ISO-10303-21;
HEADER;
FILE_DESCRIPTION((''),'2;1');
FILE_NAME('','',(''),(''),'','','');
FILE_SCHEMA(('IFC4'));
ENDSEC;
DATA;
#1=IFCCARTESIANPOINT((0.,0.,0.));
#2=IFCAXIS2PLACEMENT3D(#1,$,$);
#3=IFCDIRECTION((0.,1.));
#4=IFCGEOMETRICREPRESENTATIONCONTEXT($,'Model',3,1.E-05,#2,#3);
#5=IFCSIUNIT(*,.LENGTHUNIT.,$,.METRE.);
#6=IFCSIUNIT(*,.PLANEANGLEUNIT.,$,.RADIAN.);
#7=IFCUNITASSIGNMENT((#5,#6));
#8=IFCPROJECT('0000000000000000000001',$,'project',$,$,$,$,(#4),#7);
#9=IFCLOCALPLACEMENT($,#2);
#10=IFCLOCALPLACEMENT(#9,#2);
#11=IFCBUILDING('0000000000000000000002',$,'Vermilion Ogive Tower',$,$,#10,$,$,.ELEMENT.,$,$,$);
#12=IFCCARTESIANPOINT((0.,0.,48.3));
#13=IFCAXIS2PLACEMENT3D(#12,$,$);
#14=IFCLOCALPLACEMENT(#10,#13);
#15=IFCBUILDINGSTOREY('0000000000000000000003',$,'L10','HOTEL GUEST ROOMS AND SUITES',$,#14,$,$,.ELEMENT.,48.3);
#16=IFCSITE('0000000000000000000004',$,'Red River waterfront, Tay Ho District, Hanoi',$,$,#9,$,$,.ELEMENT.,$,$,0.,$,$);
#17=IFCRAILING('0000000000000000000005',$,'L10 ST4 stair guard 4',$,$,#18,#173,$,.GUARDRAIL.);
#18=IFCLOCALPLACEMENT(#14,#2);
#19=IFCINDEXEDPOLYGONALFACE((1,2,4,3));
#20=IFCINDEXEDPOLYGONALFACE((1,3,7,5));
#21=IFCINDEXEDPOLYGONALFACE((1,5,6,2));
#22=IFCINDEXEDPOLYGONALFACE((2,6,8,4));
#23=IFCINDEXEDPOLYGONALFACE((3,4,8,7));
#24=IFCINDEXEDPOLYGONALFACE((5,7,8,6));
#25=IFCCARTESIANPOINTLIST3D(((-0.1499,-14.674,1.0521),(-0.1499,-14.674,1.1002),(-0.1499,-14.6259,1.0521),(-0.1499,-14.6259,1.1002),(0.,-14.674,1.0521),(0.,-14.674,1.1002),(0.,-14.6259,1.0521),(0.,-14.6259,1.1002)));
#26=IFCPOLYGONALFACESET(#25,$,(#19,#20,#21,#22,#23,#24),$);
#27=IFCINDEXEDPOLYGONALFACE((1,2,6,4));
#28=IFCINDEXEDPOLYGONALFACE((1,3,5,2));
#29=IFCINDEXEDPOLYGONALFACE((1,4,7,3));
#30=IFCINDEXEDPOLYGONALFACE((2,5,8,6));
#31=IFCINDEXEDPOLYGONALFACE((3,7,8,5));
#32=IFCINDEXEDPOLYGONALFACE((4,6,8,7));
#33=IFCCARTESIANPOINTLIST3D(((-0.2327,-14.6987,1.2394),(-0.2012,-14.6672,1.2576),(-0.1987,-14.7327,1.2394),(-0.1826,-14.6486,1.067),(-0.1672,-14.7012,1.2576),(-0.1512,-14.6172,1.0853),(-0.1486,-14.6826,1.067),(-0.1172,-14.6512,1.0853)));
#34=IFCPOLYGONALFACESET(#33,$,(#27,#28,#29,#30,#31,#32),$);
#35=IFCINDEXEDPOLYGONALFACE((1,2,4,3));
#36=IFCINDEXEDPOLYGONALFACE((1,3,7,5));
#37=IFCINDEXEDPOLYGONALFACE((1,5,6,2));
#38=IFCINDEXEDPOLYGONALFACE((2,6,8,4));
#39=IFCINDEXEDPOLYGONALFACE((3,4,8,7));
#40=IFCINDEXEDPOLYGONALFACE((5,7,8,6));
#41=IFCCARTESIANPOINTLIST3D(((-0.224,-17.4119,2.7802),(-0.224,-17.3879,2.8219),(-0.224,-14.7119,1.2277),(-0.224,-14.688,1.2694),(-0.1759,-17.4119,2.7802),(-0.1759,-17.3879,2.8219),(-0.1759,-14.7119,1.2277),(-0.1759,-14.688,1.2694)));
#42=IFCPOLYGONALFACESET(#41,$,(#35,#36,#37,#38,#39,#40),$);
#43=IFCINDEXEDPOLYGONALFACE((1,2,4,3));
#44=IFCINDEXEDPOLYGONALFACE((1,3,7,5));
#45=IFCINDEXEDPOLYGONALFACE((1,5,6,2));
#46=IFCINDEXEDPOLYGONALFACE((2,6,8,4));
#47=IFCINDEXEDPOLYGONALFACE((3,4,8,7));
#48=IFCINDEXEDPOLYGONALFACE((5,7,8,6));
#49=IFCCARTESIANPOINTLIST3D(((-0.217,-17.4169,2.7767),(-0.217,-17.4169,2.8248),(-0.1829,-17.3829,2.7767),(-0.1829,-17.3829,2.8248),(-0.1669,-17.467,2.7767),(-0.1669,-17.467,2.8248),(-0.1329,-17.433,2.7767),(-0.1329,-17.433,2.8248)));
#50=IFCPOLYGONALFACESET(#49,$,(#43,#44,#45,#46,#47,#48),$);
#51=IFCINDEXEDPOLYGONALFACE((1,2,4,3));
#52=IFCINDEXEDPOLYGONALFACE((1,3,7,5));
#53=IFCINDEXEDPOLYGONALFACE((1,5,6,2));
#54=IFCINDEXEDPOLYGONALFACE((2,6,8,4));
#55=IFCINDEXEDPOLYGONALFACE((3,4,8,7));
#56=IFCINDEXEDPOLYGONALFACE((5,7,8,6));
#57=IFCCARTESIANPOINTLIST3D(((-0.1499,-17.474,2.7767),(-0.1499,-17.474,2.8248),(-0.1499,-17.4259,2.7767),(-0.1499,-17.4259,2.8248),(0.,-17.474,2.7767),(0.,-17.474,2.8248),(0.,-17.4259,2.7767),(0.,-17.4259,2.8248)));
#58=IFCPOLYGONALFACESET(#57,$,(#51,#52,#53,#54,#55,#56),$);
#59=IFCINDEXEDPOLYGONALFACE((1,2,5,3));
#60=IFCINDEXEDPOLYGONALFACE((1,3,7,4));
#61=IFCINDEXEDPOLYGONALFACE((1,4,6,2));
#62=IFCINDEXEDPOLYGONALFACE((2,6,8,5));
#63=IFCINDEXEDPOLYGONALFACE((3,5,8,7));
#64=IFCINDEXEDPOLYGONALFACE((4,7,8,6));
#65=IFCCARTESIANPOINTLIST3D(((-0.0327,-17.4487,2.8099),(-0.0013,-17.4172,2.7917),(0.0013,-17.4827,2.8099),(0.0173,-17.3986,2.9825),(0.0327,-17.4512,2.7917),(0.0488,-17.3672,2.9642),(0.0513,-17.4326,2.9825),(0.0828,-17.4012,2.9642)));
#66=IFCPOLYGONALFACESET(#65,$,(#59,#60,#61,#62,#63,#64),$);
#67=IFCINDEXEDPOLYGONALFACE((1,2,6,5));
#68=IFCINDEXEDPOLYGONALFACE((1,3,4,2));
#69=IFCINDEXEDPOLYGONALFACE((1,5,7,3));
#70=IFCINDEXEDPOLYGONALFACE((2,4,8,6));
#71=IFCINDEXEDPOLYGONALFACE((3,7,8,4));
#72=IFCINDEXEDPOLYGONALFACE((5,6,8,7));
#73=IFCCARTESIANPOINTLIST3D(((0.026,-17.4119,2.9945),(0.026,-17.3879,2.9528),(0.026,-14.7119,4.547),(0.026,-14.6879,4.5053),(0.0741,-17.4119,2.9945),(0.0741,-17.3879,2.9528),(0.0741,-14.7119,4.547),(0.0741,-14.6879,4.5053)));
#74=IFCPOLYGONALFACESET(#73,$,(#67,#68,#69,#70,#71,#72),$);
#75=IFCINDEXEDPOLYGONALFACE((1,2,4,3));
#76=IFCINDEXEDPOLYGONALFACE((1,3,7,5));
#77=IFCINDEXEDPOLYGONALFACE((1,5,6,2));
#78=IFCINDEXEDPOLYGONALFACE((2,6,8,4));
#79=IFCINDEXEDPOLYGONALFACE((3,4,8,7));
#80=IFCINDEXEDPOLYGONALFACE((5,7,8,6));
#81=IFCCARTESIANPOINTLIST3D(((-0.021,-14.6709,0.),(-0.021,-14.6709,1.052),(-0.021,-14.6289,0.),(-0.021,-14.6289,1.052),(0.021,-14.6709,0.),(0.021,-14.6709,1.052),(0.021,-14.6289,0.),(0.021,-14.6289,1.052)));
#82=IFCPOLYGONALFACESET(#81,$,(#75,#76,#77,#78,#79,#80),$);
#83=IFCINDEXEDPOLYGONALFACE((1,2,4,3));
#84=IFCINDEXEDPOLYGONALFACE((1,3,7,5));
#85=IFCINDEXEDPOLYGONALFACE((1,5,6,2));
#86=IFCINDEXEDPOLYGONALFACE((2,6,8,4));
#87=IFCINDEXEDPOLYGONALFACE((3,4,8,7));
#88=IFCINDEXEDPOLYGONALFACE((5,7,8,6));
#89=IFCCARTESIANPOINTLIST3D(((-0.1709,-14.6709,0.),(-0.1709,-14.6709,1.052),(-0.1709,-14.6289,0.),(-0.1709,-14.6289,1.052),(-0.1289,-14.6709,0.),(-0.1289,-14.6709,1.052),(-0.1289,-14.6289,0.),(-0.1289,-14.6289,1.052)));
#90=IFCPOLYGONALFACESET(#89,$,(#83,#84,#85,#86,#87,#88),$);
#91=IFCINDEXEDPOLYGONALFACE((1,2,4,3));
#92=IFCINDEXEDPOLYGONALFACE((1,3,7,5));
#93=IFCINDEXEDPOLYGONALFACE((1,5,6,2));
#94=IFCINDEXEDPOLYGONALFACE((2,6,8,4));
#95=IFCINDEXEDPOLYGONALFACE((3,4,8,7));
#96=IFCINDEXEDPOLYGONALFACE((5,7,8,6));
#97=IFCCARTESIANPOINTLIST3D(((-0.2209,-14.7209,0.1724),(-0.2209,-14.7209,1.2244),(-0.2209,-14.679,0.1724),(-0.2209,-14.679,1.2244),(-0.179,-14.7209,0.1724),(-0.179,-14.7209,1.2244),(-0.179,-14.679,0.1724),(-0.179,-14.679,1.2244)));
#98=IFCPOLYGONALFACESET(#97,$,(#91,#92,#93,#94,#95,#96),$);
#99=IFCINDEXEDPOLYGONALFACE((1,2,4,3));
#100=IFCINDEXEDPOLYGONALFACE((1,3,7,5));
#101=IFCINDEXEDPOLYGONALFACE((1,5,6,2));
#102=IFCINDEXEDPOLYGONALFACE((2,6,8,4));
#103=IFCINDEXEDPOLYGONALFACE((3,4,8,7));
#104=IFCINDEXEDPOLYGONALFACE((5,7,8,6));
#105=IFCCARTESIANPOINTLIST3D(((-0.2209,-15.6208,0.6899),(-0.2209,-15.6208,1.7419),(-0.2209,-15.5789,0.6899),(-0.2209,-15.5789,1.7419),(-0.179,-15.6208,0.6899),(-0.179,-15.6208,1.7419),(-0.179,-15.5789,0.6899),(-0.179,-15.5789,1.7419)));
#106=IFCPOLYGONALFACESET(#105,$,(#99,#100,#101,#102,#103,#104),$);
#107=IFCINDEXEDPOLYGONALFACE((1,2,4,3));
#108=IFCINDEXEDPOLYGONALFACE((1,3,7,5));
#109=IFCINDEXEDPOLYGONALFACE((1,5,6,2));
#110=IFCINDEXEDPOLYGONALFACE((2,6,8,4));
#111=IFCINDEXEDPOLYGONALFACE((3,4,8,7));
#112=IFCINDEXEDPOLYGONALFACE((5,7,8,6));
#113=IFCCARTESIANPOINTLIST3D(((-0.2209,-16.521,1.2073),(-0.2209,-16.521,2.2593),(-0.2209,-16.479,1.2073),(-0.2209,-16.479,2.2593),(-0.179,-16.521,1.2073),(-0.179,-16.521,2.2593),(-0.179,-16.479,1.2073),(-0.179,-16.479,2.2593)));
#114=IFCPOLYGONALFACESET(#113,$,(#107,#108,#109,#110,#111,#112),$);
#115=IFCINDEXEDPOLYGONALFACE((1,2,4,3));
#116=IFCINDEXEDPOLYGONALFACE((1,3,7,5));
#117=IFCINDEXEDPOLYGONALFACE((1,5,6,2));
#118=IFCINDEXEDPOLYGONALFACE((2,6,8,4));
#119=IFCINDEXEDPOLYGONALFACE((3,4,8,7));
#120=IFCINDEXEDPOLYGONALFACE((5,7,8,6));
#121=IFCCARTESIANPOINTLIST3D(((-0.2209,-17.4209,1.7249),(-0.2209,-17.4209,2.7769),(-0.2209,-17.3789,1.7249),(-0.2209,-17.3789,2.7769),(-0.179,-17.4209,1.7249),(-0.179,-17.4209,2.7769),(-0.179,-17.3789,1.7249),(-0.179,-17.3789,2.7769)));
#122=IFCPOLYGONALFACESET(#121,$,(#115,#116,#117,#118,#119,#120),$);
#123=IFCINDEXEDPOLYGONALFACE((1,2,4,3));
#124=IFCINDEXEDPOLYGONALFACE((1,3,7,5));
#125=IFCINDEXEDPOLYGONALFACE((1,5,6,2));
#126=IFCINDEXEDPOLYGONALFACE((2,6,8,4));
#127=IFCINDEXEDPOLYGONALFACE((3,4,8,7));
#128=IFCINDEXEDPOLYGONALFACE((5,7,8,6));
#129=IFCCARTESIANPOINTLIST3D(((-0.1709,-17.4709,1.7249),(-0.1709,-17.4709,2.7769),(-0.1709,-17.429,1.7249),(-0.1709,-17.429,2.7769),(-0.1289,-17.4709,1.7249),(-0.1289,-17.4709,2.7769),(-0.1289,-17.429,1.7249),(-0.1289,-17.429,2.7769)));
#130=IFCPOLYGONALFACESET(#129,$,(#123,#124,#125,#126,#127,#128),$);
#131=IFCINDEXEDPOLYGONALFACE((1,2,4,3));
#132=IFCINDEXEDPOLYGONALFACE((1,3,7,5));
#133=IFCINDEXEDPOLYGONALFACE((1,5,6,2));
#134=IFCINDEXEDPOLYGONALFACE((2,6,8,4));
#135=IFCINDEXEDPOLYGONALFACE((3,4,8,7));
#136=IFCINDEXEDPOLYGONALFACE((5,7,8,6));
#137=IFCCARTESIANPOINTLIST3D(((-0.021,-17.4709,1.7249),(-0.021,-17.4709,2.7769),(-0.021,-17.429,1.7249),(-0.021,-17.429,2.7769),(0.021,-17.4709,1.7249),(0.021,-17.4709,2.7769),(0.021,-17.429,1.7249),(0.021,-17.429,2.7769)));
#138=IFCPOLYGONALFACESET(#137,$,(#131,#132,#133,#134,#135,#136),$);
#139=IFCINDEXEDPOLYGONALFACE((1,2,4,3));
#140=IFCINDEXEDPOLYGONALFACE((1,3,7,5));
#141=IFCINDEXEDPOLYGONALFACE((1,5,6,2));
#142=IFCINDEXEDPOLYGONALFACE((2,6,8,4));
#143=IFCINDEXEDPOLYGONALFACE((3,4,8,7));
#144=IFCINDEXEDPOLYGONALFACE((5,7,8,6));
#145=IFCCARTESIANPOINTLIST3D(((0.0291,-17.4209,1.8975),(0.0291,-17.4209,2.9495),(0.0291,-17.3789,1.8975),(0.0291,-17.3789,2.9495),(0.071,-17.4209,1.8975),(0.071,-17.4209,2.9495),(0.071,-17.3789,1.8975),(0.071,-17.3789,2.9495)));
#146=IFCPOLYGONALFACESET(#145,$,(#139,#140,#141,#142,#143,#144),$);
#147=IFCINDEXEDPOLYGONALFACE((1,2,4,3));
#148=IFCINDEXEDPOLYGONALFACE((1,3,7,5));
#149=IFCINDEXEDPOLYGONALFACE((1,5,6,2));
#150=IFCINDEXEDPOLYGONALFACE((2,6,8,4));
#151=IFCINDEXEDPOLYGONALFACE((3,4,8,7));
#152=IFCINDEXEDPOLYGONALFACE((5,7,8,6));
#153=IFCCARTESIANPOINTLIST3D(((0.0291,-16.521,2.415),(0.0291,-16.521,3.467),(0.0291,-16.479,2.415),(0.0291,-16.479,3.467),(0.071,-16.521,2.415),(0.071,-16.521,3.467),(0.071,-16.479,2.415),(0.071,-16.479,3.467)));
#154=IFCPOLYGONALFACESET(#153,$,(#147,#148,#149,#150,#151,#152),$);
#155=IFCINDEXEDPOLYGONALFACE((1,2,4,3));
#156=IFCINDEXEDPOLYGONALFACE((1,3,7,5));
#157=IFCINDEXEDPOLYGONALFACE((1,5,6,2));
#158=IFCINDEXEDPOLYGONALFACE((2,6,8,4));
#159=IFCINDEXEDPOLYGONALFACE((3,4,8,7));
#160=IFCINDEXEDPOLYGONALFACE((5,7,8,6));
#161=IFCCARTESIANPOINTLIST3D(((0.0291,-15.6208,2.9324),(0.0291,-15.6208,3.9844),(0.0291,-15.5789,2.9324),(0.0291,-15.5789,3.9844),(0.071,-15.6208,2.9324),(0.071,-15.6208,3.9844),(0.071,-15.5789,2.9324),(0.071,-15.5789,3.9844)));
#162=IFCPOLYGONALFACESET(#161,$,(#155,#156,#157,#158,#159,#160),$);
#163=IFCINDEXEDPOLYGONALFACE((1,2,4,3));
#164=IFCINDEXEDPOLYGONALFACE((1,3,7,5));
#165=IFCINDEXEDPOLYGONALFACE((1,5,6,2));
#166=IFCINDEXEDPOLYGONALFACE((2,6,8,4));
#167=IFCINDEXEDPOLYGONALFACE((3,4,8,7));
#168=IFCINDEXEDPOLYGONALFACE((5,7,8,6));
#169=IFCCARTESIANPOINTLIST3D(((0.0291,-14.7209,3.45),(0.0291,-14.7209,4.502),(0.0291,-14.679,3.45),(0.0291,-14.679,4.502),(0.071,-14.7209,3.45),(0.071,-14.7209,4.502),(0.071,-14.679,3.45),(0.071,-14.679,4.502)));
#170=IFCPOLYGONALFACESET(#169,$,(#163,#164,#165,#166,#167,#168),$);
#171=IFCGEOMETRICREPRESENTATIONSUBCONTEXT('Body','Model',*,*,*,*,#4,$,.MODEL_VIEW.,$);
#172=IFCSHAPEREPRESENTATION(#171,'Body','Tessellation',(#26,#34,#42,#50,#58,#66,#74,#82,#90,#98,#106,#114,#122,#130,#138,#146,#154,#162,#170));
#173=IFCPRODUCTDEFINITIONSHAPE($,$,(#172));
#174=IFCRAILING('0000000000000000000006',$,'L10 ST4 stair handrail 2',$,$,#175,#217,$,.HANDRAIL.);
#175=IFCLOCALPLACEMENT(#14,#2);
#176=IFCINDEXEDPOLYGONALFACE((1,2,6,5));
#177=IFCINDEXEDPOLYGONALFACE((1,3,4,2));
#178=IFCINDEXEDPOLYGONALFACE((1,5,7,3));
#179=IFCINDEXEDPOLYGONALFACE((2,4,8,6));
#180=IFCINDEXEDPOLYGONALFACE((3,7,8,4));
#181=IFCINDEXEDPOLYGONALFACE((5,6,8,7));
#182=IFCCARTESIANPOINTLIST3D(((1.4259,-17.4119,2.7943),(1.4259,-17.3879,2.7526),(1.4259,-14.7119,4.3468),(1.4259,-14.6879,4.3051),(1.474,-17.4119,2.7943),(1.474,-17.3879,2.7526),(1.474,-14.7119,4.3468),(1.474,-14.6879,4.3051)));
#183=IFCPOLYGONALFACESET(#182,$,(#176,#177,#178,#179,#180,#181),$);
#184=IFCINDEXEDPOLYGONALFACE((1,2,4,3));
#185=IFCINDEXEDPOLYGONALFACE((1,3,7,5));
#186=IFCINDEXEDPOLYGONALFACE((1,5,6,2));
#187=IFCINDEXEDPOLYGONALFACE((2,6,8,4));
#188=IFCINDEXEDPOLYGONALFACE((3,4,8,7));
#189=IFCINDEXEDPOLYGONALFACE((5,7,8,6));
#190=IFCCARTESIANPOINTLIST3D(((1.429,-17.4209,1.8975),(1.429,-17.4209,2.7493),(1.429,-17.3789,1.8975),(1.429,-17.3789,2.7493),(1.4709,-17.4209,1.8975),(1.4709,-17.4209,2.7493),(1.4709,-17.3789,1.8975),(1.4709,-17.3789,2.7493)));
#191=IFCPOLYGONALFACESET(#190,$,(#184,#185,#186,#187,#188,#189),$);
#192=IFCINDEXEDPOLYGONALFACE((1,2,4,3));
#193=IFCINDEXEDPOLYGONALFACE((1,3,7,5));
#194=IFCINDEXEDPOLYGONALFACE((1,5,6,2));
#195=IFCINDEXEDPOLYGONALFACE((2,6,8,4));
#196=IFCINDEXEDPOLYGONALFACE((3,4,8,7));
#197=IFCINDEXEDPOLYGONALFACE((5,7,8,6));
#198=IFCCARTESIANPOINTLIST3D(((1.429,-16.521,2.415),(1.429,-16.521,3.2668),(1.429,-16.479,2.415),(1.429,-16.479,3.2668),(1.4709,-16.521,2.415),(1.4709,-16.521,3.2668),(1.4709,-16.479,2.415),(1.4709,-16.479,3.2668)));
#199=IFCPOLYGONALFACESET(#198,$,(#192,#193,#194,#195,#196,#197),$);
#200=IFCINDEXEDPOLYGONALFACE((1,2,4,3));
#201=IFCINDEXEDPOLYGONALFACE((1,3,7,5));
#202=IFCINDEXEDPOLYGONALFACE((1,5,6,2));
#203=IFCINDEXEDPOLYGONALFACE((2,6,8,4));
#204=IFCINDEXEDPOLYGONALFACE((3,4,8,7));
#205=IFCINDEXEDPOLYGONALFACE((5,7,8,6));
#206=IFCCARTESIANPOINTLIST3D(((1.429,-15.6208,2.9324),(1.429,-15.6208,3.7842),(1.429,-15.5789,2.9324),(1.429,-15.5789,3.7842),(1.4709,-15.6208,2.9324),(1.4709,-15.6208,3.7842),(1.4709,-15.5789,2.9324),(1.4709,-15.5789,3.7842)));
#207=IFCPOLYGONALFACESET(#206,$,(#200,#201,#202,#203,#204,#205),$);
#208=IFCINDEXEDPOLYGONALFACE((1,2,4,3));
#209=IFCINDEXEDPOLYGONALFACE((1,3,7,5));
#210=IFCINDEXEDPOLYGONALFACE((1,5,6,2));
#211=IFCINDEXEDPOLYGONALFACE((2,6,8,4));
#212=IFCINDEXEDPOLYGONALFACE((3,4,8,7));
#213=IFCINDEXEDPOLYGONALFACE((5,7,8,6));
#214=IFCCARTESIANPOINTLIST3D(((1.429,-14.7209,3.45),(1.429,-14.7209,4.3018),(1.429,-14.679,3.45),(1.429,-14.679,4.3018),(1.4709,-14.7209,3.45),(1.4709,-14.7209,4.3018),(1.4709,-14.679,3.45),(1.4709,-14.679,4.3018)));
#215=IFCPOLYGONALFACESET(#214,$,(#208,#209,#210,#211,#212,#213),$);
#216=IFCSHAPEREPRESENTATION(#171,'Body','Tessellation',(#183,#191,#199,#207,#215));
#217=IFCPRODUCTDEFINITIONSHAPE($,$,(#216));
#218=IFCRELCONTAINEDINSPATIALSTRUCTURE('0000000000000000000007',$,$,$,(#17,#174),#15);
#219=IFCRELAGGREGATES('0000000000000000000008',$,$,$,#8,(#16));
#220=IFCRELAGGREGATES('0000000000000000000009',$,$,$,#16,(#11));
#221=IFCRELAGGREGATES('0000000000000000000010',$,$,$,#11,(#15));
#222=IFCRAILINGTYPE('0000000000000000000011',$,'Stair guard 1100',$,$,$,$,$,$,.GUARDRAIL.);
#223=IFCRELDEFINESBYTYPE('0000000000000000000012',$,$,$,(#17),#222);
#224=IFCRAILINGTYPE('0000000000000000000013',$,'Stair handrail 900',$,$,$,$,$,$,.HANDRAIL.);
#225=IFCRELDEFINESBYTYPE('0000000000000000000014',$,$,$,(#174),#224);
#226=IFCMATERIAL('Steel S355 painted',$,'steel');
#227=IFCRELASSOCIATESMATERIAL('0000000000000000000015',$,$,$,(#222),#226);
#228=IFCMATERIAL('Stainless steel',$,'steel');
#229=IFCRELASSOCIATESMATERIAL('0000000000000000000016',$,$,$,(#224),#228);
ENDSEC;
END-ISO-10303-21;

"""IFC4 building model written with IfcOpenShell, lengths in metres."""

from ifc_helpers import new_model, si_unit, direction, frame, origin, origin_2d, place, context, subcontext, project, spatial, rectangle, extrude, material, type_object, element, save


model = new_model("IFC4")

# Units and contexts
model_context = context("Model", 3, precision=1e-05, world=origin(), true_north=direction((0.0, 1.0)))
body_context = subcontext(model_context, "Body", "Model", "MODEL_VIEW")
ifc_project = project(units=[si_unit("LENGTHUNIT", "METRE"), si_unit("PLANEANGLEUNIT", "RADIAN")], contexts=[model_context])

# Site, building, storey
site_placement = place(None, origin())
site = spatial("IfcSite", under=ifc_project, at=site_placement, Name="Red River waterfront, Tay Ho District, Hanoi", CompositionType="ELEMENT", RefElevation=0.0)
building_placement = place(site_placement, origin())
building = spatial("IfcBuilding", under=site, at=building_placement, Name="Vermilion Ogive Tower", CompositionType="ELEMENT")
storey_placement = place(building_placement, frame((0.0, 0.0, 48.3)))
storey = spatial("IfcBuildingStorey", under=building, at=storey_placement, Name="L10", Description="HOTEL GUEST ROOMS AND SUITES", CompositionType="ELEMENT", Elevation=48.3)

# Railings
ifc_material_1 = material(Name="Steel S355 painted", Category="steel")
railing_type_1 = type_object("IfcRailingType", Name="Stair guard 1100", PredefinedType="GUARDRAIL", material=ifc_material_1)
railing_1_placement = place(storey_placement, frame((0.0, -14.6499, 0.0)))
element("IfcRailing", 1, at=railing_1_placement, inside=storey, type_object=railing_type_1, Name="L10 ST4 stair guard 4", PredefinedType="GUARDRAIL", context=body_context, shape_type="SweptSolid", body=[
    extrude(rectangle(XDim=0.0481, YDim=0.0481, at=origin_2d()), frame((0.0, 0.0, 1.0762), z_axis=(-1.0, 0.0, 0.0), x_axis=(0.0, -1.0, 0.0)), (0.0, 0.0, 1.0), 0.1499),
    extrude(rectangle(XDim=0.0481, YDim=0.0481, at=origin_2d()), frame((-0.1499, 0.0, 1.0762), z_axis=(-0.268603, -0.268603, 0.925043), x_axis=(0.707107, -0.707107, 0.0)), (0.0, 0.0, 1.0), 0.1863),
    extrude(rectangle(XDim=0.0481, YDim=0.0481, at=origin_2d()), frame((-0.2, -0.05, 1.2485), z_axis=(0.0, -0.866904, 0.498476), x_axis=(1.0, 0.0, 0.0)), (0.0, 0.0, 1.0), 3.1145),
    extrude(rectangle(XDim=0.0481, YDim=0.0481, at=origin_2d()), frame((-0.2, -2.75, 2.8008), z_axis=(0.707107, -0.707107, 0.0), x_axis=(0.707107, 0.707107, 0.0)), (0.0, 0.0, 1.0), 0.0708),
    extrude(rectangle(XDim=0.0481, YDim=0.0481, at=origin_2d()), frame((-0.1499, -2.8, 2.8008), z_axis=(1.0, 0.0, 0.0), x_axis=(0.0, 1.0, 0.0)), (0.0, 0.0, 1.0), 0.1499),
    extrude(rectangle(XDim=0.0481, YDim=0.0481, at=origin_2d()), frame((0.0, -2.8, 2.8008), z_axis=(0.268278, 0.268278, 0.925232), x_axis=(-0.707107, 0.707107, 0.0)), (0.0, 0.0, 1.0), 0.1865),
    extrude(rectangle(XDim=0.0481, YDim=0.0481, at=origin_2d()), frame((0.05, -2.75, 2.9736), z_axis=(0.0, 0.866904, 0.498476), x_axis=(-1.0, 0.0, 0.0)), (0.0, 0.0, 1.0), 3.1145),
    extrude(rectangle(XDim=0.042, YDim=0.042, at=origin_2d()), origin(), (0.0, 0.0, 1.0), 1.052),
    extrude(rectangle(XDim=0.042, YDim=0.042, at=origin_2d()), frame((-0.1499, 0.0, 0.0)), (0.0, 0.0, 1.0), 1.052),
    extrude(rectangle(XDim=0.042, YDim=0.042, at=origin_2d()), frame((-0.2, -0.05, 0.1724)), (0.0, 0.0, 1.0), 1.052),
    extrude(rectangle(XDim=0.042, YDim=0.042, at=origin_2d()), frame((-0.2, -0.95, 0.6899)), (0.0, 0.0, 1.0), 1.052),
    extrude(rectangle(XDim=0.042, YDim=0.042, at=origin_2d()), frame((-0.2, -1.8501, 1.2073)), (0.0, 0.0, 1.0), 1.052),
    extrude(rectangle(XDim=0.042, YDim=0.042, at=origin_2d()), frame((-0.2, -2.75, 1.7249)), (0.0, 0.0, 1.0), 1.052),
    extrude(rectangle(XDim=0.042, YDim=0.042, at=origin_2d()), frame((-0.1499, -2.8, 1.7249)), (0.0, 0.0, 1.0), 1.052),
    extrude(rectangle(XDim=0.042, YDim=0.042, at=origin_2d()), frame((0.0, -2.8, 1.7249)), (0.0, 0.0, 1.0), 1.052),
    extrude(rectangle(XDim=0.042, YDim=0.042, at=origin_2d()), frame((0.05, -2.75, 1.8975)), (0.0, 0.0, 1.0), 1.052),
    extrude(rectangle(XDim=0.042, YDim=0.042, at=origin_2d()), frame((0.05, -1.8501, 2.415)), (0.0, 0.0, 1.0), 1.052),
    extrude(rectangle(XDim=0.042, YDim=0.042, at=origin_2d()), frame((0.05, -0.95, 2.9324)), (0.0, 0.0, 1.0), 1.052),
    extrude(rectangle(XDim=0.042, YDim=0.042, at=origin_2d()), frame((0.05, -0.05, 3.45)), (0.0, 0.0, 1.0), 1.052),
])
ifc_material_2 = material(Name="Stainless steel", Category="steel")
railing_type_2 = type_object("IfcRailingType", Name="Stair handrail 900", PredefinedType="HANDRAIL", material=ifc_material_2)
railing_2_placement = place(storey_placement, frame((1.45, -17.3999, 1.8975)))
element("IfcRailing", 2, at=railing_2_placement, inside=storey, type_object=railing_type_2, Name="L10 ST4 stair handrail 2", PredefinedType="HANDRAIL", context=body_context, shape_type="SweptSolid", body=[
    extrude(rectangle(XDim=0.0481, YDim=0.0481, at=origin_2d()), frame((0.0, 0.0, 0.876), z_axis=(0.0, 0.866904, 0.498476), x_axis=(-1.0, 0.0, 0.0)), (0.0, 0.0, 1.0), 3.1145),
    extrude(rectangle(XDim=0.042, YDim=0.042, at=origin_2d()), origin(), (0.0, 0.0, 1.0), 0.8518),
    extrude(rectangle(XDim=0.042, YDim=0.042, at=origin_2d()), frame((0.0, 0.8999, 0.5176)), (0.0, 0.0, 1.0), 0.8518),
    extrude(rectangle(XDim=0.042, YDim=0.042, at=origin_2d()), frame((0.0, 1.8, 1.0349)), (0.0, 0.0, 1.0), 0.8518),
    extrude(rectangle(XDim=0.042, YDim=0.042, at=origin_2d()), frame((0.0, 2.7, 1.5525)), (0.0, 0.0, 1.0), 0.8518),
])

save(model, "model.ifc")
